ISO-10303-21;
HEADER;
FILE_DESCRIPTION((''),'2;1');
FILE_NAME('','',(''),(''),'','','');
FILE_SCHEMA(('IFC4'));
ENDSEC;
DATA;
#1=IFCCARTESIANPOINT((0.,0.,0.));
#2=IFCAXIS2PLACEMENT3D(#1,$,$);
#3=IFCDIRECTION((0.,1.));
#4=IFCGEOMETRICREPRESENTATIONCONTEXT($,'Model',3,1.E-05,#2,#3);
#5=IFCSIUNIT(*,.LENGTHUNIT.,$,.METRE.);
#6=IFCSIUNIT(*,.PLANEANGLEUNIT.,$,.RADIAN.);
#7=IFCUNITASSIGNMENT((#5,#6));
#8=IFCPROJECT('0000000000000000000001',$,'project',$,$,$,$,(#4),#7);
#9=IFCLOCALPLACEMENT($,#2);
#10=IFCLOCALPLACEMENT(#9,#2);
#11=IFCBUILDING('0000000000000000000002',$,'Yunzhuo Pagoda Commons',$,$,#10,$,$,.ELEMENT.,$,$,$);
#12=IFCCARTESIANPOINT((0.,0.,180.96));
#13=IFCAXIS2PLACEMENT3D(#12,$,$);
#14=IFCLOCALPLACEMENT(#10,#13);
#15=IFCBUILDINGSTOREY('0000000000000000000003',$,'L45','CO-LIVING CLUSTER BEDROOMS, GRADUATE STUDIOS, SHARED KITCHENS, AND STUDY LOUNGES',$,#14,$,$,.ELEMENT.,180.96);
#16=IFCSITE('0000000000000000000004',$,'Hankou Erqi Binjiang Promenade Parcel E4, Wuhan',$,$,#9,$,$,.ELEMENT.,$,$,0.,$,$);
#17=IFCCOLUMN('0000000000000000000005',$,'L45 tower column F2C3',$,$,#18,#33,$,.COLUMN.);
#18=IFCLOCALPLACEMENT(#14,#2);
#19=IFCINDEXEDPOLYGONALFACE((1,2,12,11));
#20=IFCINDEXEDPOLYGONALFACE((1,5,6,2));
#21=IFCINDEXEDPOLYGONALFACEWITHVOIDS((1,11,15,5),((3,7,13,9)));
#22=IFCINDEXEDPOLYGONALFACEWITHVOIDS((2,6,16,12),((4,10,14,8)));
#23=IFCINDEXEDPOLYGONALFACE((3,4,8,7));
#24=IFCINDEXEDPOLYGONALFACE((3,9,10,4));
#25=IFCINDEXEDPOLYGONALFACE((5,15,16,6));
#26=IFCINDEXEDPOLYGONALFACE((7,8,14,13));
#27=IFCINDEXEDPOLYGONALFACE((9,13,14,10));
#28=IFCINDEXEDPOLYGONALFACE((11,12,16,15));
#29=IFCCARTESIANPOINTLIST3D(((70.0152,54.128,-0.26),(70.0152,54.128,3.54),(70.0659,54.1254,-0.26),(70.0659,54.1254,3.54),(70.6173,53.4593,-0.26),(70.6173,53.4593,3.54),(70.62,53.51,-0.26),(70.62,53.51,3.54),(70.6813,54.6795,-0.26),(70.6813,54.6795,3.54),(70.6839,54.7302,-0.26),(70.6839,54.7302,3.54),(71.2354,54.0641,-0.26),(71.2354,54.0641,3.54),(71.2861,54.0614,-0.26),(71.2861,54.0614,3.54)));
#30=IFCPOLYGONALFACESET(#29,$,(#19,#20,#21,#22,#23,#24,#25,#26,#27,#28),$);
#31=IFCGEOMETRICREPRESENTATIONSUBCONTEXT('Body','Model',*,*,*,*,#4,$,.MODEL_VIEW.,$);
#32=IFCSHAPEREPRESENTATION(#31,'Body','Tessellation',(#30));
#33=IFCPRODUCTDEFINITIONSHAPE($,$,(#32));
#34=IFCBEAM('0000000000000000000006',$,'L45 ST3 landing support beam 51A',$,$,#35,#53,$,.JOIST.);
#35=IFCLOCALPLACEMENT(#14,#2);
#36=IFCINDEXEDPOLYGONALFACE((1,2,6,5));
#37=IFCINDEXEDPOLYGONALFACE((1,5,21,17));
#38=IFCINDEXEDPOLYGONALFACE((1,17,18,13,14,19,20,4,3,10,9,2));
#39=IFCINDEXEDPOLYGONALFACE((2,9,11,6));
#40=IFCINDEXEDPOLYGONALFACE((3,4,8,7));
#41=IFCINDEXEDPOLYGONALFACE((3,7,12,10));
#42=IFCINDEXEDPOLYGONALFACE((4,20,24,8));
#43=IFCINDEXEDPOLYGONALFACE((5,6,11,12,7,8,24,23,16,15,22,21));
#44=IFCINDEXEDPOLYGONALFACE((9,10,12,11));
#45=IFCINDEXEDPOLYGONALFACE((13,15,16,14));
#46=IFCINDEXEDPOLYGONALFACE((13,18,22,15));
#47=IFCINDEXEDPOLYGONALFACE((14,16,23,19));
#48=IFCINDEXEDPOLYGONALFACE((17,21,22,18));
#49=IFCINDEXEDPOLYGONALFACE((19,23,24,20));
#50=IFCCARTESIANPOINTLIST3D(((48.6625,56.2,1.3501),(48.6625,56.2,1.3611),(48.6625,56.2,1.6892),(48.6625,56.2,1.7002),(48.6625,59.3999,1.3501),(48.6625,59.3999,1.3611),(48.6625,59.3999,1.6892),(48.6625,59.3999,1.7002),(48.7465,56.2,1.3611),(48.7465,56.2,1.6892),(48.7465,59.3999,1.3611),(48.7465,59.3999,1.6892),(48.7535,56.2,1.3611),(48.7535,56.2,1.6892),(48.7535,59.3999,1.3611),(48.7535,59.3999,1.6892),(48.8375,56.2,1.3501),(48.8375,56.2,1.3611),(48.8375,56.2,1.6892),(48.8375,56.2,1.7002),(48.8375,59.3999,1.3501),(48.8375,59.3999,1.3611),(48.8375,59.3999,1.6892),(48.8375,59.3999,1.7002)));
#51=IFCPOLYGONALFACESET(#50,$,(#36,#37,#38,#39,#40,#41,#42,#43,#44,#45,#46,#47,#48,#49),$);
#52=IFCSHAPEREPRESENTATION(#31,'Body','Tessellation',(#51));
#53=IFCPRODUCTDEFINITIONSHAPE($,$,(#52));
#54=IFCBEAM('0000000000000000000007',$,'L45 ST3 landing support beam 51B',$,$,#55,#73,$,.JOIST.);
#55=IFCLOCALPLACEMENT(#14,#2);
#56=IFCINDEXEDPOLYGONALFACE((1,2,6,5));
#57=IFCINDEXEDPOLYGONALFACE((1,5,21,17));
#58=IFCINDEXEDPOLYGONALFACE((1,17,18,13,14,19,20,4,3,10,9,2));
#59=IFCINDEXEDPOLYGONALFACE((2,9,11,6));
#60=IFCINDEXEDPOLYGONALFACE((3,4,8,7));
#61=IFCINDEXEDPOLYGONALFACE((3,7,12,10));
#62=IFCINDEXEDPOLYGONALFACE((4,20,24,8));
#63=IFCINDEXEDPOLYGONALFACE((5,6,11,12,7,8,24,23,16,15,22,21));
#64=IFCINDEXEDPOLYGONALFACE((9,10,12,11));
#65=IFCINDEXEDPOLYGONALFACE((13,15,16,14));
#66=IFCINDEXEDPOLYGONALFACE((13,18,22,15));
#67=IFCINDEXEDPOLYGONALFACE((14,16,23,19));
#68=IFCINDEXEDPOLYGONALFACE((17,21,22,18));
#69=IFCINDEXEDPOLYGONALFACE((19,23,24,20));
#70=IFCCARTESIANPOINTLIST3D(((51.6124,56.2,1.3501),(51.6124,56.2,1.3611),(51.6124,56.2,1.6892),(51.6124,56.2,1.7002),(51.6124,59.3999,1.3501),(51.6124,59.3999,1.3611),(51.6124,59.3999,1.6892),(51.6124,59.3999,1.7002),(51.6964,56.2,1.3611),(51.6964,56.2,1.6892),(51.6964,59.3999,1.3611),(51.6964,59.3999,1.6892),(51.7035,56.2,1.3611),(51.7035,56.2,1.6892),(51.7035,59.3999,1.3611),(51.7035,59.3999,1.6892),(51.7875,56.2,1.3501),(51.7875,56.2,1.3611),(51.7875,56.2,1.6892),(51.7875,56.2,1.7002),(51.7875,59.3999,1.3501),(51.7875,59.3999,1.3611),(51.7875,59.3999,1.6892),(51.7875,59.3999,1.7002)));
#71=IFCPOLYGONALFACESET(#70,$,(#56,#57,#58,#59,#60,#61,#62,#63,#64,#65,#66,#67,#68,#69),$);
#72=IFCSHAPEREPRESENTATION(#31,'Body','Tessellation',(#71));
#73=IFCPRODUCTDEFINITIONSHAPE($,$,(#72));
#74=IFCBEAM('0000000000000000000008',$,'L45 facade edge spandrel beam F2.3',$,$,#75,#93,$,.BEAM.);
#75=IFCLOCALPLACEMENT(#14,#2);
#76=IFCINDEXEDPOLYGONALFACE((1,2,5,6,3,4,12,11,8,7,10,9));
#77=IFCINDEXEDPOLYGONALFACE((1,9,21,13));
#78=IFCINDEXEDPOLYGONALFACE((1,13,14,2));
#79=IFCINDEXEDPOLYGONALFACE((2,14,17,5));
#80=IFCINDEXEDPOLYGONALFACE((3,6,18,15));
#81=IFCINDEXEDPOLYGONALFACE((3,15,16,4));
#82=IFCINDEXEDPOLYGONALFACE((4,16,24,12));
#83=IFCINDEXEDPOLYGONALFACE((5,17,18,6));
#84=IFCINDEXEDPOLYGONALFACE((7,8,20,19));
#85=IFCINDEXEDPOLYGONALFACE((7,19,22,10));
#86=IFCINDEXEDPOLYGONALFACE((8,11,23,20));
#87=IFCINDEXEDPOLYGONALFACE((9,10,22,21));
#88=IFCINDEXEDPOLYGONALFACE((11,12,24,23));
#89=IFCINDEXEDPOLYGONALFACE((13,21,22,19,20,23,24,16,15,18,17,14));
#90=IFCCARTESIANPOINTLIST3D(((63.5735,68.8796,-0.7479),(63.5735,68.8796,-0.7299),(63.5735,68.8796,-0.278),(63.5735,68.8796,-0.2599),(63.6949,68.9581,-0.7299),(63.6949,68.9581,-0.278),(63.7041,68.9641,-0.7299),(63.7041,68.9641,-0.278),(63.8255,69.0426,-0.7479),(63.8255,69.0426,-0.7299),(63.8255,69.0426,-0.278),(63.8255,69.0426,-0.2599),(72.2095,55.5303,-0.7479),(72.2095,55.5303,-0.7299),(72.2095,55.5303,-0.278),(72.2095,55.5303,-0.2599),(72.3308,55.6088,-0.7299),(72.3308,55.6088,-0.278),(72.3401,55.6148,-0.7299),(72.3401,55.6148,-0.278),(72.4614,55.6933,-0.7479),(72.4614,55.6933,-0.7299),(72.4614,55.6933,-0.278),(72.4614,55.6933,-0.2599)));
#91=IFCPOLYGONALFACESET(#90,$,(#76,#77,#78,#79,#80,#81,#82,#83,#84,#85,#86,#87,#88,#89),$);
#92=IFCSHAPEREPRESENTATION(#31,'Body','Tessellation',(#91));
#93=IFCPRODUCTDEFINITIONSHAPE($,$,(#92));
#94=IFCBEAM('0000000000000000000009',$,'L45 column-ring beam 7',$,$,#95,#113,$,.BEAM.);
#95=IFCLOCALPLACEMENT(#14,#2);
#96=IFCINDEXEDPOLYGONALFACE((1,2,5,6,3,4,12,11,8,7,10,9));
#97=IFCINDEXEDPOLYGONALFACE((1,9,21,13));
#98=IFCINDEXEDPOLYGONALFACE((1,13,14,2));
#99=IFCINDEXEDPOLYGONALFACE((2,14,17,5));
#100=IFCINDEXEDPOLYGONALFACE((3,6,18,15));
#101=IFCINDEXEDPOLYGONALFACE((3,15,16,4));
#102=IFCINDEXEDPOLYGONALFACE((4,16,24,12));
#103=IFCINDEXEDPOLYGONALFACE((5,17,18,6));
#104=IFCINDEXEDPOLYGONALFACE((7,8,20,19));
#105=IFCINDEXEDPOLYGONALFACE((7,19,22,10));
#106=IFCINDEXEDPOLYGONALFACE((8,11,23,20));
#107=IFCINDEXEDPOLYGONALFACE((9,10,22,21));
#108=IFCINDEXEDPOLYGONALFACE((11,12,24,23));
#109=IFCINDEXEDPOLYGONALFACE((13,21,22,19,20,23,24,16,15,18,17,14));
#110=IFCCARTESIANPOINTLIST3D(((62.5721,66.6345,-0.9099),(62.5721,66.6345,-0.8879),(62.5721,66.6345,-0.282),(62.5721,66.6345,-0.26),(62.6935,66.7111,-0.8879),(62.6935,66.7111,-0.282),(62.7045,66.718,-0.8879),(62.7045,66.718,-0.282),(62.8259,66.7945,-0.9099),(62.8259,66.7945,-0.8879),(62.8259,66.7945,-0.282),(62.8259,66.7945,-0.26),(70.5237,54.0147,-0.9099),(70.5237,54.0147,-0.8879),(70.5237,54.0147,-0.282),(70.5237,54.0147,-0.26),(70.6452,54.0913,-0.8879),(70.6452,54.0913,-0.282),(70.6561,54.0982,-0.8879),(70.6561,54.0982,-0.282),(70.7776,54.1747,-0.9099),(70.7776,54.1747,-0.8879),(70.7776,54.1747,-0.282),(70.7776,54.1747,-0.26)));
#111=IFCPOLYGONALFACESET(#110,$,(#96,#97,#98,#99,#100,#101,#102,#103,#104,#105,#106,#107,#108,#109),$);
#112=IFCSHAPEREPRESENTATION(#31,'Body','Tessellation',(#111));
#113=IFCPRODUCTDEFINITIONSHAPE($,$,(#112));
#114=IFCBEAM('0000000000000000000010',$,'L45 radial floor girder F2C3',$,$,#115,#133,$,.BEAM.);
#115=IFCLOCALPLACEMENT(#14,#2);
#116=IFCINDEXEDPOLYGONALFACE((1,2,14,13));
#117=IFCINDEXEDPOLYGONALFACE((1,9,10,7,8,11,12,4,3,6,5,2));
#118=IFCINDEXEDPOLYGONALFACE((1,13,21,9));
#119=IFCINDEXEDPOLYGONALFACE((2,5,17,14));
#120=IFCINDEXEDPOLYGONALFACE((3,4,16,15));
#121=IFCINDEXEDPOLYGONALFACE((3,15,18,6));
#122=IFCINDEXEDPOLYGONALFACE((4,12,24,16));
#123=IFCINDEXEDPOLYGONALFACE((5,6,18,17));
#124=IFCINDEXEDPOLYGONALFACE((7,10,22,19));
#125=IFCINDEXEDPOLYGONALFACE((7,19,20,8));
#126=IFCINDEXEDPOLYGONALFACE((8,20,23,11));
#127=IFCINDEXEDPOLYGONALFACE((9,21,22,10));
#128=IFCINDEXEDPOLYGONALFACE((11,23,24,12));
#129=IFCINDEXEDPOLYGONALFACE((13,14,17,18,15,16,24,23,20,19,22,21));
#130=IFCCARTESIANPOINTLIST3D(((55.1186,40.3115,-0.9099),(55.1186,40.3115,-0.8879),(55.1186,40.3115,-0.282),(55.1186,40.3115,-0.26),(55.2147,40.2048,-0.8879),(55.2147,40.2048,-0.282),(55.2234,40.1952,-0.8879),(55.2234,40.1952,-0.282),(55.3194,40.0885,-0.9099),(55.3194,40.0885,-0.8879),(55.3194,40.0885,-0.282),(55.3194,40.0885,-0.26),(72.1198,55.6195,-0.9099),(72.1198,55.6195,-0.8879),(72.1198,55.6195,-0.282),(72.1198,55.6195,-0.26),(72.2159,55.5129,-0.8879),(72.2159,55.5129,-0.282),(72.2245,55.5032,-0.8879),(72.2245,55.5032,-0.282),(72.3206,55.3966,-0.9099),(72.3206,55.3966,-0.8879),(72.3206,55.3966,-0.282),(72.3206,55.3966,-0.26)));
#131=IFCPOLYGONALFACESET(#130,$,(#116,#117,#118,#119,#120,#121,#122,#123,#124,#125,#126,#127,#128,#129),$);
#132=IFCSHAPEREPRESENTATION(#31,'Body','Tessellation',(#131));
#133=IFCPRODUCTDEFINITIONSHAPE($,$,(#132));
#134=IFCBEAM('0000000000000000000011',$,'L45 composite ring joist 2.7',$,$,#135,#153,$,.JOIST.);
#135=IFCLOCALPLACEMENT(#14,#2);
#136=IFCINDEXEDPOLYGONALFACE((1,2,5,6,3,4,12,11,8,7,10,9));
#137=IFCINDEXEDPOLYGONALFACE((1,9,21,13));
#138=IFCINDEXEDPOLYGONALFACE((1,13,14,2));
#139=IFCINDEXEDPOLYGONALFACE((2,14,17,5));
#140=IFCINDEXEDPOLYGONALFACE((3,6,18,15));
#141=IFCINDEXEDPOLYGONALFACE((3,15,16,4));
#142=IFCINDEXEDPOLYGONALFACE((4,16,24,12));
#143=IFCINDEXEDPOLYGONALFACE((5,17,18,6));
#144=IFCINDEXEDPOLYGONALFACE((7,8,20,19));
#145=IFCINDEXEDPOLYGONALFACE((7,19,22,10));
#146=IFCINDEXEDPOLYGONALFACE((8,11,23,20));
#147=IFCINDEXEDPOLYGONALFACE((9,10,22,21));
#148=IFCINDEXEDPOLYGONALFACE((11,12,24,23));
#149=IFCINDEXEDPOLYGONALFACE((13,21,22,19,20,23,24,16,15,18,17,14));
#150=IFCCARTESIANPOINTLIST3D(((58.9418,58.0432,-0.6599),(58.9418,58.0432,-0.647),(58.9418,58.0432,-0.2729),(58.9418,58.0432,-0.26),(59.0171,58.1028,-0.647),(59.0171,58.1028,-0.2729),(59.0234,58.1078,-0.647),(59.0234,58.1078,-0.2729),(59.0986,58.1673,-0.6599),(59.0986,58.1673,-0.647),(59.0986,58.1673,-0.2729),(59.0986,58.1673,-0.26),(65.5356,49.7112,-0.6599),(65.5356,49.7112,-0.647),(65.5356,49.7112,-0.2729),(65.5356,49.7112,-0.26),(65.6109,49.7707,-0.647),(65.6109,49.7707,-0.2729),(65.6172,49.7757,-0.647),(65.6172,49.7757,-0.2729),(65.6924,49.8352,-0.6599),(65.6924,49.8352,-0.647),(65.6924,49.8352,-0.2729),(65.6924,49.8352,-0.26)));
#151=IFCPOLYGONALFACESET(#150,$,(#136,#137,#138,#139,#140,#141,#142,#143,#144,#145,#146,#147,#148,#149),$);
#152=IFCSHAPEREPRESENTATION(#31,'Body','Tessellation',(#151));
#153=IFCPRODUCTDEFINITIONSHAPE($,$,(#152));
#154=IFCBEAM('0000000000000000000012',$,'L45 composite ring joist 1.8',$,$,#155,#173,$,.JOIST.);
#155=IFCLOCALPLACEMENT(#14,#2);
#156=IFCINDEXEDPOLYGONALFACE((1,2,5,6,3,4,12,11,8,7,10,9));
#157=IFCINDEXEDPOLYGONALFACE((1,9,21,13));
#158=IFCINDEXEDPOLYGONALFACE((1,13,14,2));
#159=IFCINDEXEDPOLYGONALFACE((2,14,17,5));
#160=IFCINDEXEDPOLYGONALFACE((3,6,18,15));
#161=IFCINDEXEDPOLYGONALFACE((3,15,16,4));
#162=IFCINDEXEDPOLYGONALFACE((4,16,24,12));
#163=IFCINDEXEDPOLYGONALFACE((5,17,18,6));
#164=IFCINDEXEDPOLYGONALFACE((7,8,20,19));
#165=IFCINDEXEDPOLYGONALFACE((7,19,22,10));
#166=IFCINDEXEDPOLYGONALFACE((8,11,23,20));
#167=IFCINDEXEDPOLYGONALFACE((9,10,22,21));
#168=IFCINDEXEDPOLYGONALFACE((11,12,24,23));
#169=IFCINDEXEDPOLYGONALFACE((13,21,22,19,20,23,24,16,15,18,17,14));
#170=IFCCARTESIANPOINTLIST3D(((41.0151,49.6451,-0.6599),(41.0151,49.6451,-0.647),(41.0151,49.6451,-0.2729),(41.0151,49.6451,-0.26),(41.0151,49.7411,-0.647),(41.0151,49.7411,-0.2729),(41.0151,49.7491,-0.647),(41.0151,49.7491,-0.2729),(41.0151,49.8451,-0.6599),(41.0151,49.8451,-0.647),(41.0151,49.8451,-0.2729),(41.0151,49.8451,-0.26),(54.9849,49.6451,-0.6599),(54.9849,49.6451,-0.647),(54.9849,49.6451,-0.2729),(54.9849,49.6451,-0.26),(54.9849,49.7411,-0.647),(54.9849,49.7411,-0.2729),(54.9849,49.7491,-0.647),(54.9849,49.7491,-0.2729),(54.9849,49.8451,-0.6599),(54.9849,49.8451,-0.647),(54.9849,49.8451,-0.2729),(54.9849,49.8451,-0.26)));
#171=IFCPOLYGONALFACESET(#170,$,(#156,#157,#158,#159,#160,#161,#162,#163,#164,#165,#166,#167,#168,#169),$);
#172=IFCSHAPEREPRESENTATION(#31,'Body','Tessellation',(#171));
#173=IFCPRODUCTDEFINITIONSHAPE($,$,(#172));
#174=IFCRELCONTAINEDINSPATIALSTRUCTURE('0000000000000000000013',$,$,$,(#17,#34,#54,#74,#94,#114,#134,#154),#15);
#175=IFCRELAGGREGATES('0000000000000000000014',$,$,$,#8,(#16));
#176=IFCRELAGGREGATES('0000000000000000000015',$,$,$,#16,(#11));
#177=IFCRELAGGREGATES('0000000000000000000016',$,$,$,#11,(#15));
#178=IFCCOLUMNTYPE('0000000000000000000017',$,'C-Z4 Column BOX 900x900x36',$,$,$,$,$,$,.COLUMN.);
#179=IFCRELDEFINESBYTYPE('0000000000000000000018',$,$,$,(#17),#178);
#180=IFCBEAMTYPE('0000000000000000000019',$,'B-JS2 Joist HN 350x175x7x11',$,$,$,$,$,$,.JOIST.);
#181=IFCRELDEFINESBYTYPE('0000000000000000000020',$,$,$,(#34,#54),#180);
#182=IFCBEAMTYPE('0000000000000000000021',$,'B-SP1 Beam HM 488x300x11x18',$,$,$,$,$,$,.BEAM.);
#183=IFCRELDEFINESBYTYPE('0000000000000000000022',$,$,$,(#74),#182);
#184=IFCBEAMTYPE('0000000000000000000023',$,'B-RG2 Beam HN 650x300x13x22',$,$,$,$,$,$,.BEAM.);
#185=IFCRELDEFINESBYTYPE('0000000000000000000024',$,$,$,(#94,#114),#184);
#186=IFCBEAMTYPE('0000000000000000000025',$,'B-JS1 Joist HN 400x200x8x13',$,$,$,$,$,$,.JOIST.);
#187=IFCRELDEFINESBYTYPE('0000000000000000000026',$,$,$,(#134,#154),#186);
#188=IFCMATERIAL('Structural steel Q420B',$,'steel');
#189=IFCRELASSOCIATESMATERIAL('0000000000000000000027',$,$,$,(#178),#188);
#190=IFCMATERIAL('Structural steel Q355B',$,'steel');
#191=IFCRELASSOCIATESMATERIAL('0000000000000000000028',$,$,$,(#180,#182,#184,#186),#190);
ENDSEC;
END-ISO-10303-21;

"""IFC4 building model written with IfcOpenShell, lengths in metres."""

from ifc_helpers import new_model, si_unit, direction, frame, origin, origin_2d, place, context, subcontext, project, spatial, hollow_rectangle, i_section, extrude, source, transform, mapped, material, material_profile, profile_set, type_object, element, save


model = new_model("IFC4")

# Units and contexts
model_context = context("Model", 3, precision=1e-05, world=origin(), true_north=direction((0.0, 1.0)))
body_context = subcontext(model_context, "Body", "Model", "MODEL_VIEW")
ifc_project = project(units=[si_unit("LENGTHUNIT", "METRE"), si_unit("PLANEANGLEUNIT", "RADIAN")], contexts=[model_context])

# Site, building, storey
site_placement = place(None, origin())
site = spatial("IfcSite", under=ifc_project, at=site_placement, Name="Hankou Erqi Binjiang Promenade Parcel E4, Wuhan", CompositionType="ELEMENT", RefElevation=0.0)
building_placement = place(site_placement, origin())
building = spatial("IfcBuilding", under=site, at=building_placement, Name="Yunzhuo Pagoda Commons", CompositionType="ELEMENT")
storey_placement = place(building_placement, frame((0.0, 0.0, 180.96)))
storey = spatial("IfcBuildingStorey", under=building, at=storey_placement, Name="L45", Description="CO-LIVING CLUSTER BEDROOMS, GRADUATE STUDIOS, SHARED KITCHENS, AND STUDY LOUNGES", CompositionType="ELEMENT", Elevation=180.96)

# Column
ifc_material_1 = material(Name="Structural steel Q420B", Category="steel")
ifc_material_profile_1 = material_profile(ifc_material_1, hollow_rectangle(XDim=0.8999, YDim=0.8999, WallThickness=0.0359, at=origin_2d()), Name="Structural steel Q420B")
ifc_profile_set_1 = profile_set([ifc_material_profile_1], Name="Structural steel Q420B")
column_type = type_object("IfcColumnType", Name="C-Z4 Column BOX 900x900x36", PredefinedType="COLUMN", material=ifc_profile_set_1)
shared_shape_1 = source(origin(), body_context, "Body", "SweptSolid", [
    extrude(hollow_rectangle(XDim=0.8999, YDim=0.8999, WallThickness=0.0359, at=origin_2d()), origin(), (0.0, 0.0, 1.0), 3.8),
])
column_placement = place(storey_placement, frame((70.6506, 54.0947, -0.26), z_axis=(0.0, 0.0, 1.0), x_axis=(-0.669131, 0.743145, 0.0)))
element("IfcColumn", 1, at=column_placement, inside=storey, type_object=column_type, Name="L45 tower column F2C3", PredefinedType="COLUMN", context=body_context, shape_type="MappedRepresentation", body=[
    mapped(shared_shape_1, transform((0.0, 0.0, 0.0), scale=1.0)),
])

# Beams
ifc_material_2 = material(Name="Structural steel Q355B", Category="steel")
ifc_material_profile_2 = material_profile(ifc_material_2, i_section(OverallWidth=0.175, OverallDepth=0.3501, WebThickness=0.0071, FlangeThickness=0.011, at=origin_2d()), Name="Structural steel Q355B")
ifc_profile_set_2 = profile_set([ifc_material_profile_2], Name="Structural steel Q355B")
beam_type_1 = type_object("IfcBeamType", Name="B-JS2 Joist HN 350x175x7x11", PredefinedType="JOIST", material=ifc_profile_set_2)
shared_shape_2 = source(origin(), body_context, "Body", "SweptSolid", [
    extrude(i_section(OverallWidth=0.175, OverallDepth=0.3501, WebThickness=0.0071, FlangeThickness=0.011, at=origin_2d()), origin(), (0.0, 0.0, 1.0), 3.2),
])
for number, where, z_axis, x_axis, name in (
    (2, (48.75, 56.2, 1.5251), (0.0, 1.0, 0.0), (-1.0, 0.0, 0.0), "L45 ST3 landing support beam 51A"),
    (3, (51.7, 56.2, 1.5251), (0.0, 1.0, 0.0), (-1.0, 0.0, 0.0), "L45 ST3 landing support beam 51B"),
):
    element("IfcBeam", number, at=place(storey_placement, frame(where, z_axis=z_axis, x_axis=x_axis)), inside=storey, type_object=beam_type_1, Name=name, PredefinedType="JOIST", context=body_context, shape_type="MappedRepresentation", body=[
        mapped(shared_shape_2, transform((0.0, 0.0, 0.0), scale=1.0)),
    ])
ifc_material_profile_3 = material_profile(ifc_material_2, i_section(OverallWidth=0.3, OverallDepth=0.488, WebThickness=0.011, FlangeThickness=0.0181, at=origin_2d()), Name="Structural steel Q355B")
ifc_profile_set_3 = profile_set([ifc_material_profile_3], Name="Structural steel Q355B")
beam_type_2 = type_object("IfcBeamType", Name="B-SP1 Beam HM 488x300x11x18", PredefinedType="BEAM", material=ifc_profile_set_3)
shared_shape_3 = source(origin(), body_context, "Body", "SweptSolid", [
    extrude(i_section(OverallWidth=0.3, OverallDepth=0.488, WebThickness=0.011, FlangeThickness=0.0181, at=origin_2d()), origin(), (0.0, 0.0, 1.0), 15.8992),
])
beam_1_placement = place(storey_placement, frame((72.3354, 55.6118, -0.5039), z_axis=(-0.54317, 0.839623, 0.0), x_axis=(-0.839623, -0.54317, 0.0)))
element("IfcBeam", 4, at=beam_1_placement, inside=storey, type_object=beam_type_2, Name="L45 facade edge spandrel beam F2.3", PredefinedType="BEAM", context=body_context, shape_type="MappedRepresentation", body=[
    mapped(shared_shape_3, transform((0.0, 0.0, 0.0), scale=1.0)),
])
ifc_material_profile_4 = material_profile(ifc_material_2, i_section(OverallWidth=0.3, OverallDepth=0.6499, WebThickness=0.0129, FlangeThickness=0.022, at=origin_2d()), Name="Structural steel Q355B")
ifc_profile_set_4 = profile_set([ifc_material_profile_4], Name="Structural steel Q355B")
beam_type_3 = type_object("IfcBeamType", Name="B-RG2 Beam HN 650x300x13x22", PredefinedType="BEAM", material=ifc_profile_set_4)
shared_shape_4 = source(origin(), body_context, "Body", "SweptSolid", [
    extrude(i_section(OverallWidth=0.3, OverallDepth=0.6499, WebThickness=0.0129, FlangeThickness=0.022, at=origin_2d()), origin(), (0.0, 0.0, 1.0), 14.916),
])
beam_2_placement = place(storey_placement, frame((70.6506, 54.0947, -0.585), z_axis=(-0.533092, 0.846057, 0.0), x_axis=(-0.846057, -0.533092, 0.0)))
element("IfcBeam", 5, at=beam_2_placement, inside=storey, type_object=beam_type_3, Name="L45 column-ring beam 7", PredefinedType="BEAM", context=body_context, shape_type="MappedRepresentation", body=[
    mapped(shared_shape_4, transform((0.0, 0.0, 0.0), scale=1.0)),
])
shared_shape_5 = source(origin(), body_context, "Body", "SweptSolid", [
    extrude(i_section(OverallWidth=0.3, OverallDepth=0.6499, WebThickness=0.0129, FlangeThickness=0.022, at=origin_2d()), origin(), (0.0, 0.0, 1.0), 22.8774),
])
beam_3_placement = place(storey_placement, frame((72.2202, 55.5081, -0.585), z_axis=(-0.743142, -0.669134, 0.0), x_axis=(0.669134, -0.743142, 0.0)))
element("IfcBeam", 6, at=beam_3_placement, inside=storey, type_object=beam_type_3, Name="L45 radial floor girder F2C3", PredefinedType="BEAM", context=body_context, shape_type="MappedRepresentation", body=[
    mapped(shared_shape_5, transform((0.0, 0.0, 0.0), scale=1.0)),
])
ifc_material_profile_5 = material_profile(ifc_material_2, i_section(OverallWidth=0.2, OverallDepth=0.3999, WebThickness=0.0081, FlangeThickness=0.0129, at=origin_2d()), Name="Structural steel Q355B")
ifc_profile_set_5 = profile_set([ifc_material_profile_5], Name="Structural steel Q355B")
beam_type_4 = type_object("IfcBeamType", Name="B-JS1 Joist HN 400x200x8x13", PredefinedType="JOIST", material=ifc_profile_set_5)
shared_shape_6 = source(origin(), body_context, "Body", "SweptSolid", [
    extrude(i_section(OverallWidth=0.2, OverallDepth=0.3999, WebThickness=0.0081, FlangeThickness=0.0129, at=origin_2d()), origin(), (0.0, 0.0, 1.0), 10.6255),
])
beam_4_placement = place(storey_placement, frame((65.614, 49.7732, -0.46), z_axis=(-0.620562, 0.784158, 0.0), x_axis=(-0.784158, -0.620562, 0.0)))
element("IfcBeam", 7, at=beam_4_placement, inside=storey, type_object=beam_type_4, Name="L45 composite ring joist 2.7", PredefinedType="JOIST", context=body_context, shape_type="MappedRepresentation", body=[
    mapped(shared_shape_6, transform((0.0, 0.0, 0.0), scale=1.0)),
])
shared_shape_7 = source(origin(), body_context, "Body", "SweptSolid", [
    extrude(i_section(OverallWidth=0.2, OverallDepth=0.3999, WebThickness=0.0081, FlangeThickness=0.0129, at=origin_2d()), origin(), (0.0, 0.0, 1.0), 13.9697),
])
beam_5_placement = place(storey_placement, frame((54.9849, 49.7451, -0.46), z_axis=(-1.0, 0.0, 0.0), x_axis=(0.0, -1.0, 0.0)))
element("IfcBeam", 8, at=beam_5_placement, inside=storey, type_object=beam_type_4, Name="L45 composite ring joist 1.8", PredefinedType="JOIST", context=body_context, shape_type="MappedRepresentation", body=[
    mapped(shared_shape_7, transform((0.0, 0.0, 0.0), scale=1.0)),
])

save(model, "model.ifc")
